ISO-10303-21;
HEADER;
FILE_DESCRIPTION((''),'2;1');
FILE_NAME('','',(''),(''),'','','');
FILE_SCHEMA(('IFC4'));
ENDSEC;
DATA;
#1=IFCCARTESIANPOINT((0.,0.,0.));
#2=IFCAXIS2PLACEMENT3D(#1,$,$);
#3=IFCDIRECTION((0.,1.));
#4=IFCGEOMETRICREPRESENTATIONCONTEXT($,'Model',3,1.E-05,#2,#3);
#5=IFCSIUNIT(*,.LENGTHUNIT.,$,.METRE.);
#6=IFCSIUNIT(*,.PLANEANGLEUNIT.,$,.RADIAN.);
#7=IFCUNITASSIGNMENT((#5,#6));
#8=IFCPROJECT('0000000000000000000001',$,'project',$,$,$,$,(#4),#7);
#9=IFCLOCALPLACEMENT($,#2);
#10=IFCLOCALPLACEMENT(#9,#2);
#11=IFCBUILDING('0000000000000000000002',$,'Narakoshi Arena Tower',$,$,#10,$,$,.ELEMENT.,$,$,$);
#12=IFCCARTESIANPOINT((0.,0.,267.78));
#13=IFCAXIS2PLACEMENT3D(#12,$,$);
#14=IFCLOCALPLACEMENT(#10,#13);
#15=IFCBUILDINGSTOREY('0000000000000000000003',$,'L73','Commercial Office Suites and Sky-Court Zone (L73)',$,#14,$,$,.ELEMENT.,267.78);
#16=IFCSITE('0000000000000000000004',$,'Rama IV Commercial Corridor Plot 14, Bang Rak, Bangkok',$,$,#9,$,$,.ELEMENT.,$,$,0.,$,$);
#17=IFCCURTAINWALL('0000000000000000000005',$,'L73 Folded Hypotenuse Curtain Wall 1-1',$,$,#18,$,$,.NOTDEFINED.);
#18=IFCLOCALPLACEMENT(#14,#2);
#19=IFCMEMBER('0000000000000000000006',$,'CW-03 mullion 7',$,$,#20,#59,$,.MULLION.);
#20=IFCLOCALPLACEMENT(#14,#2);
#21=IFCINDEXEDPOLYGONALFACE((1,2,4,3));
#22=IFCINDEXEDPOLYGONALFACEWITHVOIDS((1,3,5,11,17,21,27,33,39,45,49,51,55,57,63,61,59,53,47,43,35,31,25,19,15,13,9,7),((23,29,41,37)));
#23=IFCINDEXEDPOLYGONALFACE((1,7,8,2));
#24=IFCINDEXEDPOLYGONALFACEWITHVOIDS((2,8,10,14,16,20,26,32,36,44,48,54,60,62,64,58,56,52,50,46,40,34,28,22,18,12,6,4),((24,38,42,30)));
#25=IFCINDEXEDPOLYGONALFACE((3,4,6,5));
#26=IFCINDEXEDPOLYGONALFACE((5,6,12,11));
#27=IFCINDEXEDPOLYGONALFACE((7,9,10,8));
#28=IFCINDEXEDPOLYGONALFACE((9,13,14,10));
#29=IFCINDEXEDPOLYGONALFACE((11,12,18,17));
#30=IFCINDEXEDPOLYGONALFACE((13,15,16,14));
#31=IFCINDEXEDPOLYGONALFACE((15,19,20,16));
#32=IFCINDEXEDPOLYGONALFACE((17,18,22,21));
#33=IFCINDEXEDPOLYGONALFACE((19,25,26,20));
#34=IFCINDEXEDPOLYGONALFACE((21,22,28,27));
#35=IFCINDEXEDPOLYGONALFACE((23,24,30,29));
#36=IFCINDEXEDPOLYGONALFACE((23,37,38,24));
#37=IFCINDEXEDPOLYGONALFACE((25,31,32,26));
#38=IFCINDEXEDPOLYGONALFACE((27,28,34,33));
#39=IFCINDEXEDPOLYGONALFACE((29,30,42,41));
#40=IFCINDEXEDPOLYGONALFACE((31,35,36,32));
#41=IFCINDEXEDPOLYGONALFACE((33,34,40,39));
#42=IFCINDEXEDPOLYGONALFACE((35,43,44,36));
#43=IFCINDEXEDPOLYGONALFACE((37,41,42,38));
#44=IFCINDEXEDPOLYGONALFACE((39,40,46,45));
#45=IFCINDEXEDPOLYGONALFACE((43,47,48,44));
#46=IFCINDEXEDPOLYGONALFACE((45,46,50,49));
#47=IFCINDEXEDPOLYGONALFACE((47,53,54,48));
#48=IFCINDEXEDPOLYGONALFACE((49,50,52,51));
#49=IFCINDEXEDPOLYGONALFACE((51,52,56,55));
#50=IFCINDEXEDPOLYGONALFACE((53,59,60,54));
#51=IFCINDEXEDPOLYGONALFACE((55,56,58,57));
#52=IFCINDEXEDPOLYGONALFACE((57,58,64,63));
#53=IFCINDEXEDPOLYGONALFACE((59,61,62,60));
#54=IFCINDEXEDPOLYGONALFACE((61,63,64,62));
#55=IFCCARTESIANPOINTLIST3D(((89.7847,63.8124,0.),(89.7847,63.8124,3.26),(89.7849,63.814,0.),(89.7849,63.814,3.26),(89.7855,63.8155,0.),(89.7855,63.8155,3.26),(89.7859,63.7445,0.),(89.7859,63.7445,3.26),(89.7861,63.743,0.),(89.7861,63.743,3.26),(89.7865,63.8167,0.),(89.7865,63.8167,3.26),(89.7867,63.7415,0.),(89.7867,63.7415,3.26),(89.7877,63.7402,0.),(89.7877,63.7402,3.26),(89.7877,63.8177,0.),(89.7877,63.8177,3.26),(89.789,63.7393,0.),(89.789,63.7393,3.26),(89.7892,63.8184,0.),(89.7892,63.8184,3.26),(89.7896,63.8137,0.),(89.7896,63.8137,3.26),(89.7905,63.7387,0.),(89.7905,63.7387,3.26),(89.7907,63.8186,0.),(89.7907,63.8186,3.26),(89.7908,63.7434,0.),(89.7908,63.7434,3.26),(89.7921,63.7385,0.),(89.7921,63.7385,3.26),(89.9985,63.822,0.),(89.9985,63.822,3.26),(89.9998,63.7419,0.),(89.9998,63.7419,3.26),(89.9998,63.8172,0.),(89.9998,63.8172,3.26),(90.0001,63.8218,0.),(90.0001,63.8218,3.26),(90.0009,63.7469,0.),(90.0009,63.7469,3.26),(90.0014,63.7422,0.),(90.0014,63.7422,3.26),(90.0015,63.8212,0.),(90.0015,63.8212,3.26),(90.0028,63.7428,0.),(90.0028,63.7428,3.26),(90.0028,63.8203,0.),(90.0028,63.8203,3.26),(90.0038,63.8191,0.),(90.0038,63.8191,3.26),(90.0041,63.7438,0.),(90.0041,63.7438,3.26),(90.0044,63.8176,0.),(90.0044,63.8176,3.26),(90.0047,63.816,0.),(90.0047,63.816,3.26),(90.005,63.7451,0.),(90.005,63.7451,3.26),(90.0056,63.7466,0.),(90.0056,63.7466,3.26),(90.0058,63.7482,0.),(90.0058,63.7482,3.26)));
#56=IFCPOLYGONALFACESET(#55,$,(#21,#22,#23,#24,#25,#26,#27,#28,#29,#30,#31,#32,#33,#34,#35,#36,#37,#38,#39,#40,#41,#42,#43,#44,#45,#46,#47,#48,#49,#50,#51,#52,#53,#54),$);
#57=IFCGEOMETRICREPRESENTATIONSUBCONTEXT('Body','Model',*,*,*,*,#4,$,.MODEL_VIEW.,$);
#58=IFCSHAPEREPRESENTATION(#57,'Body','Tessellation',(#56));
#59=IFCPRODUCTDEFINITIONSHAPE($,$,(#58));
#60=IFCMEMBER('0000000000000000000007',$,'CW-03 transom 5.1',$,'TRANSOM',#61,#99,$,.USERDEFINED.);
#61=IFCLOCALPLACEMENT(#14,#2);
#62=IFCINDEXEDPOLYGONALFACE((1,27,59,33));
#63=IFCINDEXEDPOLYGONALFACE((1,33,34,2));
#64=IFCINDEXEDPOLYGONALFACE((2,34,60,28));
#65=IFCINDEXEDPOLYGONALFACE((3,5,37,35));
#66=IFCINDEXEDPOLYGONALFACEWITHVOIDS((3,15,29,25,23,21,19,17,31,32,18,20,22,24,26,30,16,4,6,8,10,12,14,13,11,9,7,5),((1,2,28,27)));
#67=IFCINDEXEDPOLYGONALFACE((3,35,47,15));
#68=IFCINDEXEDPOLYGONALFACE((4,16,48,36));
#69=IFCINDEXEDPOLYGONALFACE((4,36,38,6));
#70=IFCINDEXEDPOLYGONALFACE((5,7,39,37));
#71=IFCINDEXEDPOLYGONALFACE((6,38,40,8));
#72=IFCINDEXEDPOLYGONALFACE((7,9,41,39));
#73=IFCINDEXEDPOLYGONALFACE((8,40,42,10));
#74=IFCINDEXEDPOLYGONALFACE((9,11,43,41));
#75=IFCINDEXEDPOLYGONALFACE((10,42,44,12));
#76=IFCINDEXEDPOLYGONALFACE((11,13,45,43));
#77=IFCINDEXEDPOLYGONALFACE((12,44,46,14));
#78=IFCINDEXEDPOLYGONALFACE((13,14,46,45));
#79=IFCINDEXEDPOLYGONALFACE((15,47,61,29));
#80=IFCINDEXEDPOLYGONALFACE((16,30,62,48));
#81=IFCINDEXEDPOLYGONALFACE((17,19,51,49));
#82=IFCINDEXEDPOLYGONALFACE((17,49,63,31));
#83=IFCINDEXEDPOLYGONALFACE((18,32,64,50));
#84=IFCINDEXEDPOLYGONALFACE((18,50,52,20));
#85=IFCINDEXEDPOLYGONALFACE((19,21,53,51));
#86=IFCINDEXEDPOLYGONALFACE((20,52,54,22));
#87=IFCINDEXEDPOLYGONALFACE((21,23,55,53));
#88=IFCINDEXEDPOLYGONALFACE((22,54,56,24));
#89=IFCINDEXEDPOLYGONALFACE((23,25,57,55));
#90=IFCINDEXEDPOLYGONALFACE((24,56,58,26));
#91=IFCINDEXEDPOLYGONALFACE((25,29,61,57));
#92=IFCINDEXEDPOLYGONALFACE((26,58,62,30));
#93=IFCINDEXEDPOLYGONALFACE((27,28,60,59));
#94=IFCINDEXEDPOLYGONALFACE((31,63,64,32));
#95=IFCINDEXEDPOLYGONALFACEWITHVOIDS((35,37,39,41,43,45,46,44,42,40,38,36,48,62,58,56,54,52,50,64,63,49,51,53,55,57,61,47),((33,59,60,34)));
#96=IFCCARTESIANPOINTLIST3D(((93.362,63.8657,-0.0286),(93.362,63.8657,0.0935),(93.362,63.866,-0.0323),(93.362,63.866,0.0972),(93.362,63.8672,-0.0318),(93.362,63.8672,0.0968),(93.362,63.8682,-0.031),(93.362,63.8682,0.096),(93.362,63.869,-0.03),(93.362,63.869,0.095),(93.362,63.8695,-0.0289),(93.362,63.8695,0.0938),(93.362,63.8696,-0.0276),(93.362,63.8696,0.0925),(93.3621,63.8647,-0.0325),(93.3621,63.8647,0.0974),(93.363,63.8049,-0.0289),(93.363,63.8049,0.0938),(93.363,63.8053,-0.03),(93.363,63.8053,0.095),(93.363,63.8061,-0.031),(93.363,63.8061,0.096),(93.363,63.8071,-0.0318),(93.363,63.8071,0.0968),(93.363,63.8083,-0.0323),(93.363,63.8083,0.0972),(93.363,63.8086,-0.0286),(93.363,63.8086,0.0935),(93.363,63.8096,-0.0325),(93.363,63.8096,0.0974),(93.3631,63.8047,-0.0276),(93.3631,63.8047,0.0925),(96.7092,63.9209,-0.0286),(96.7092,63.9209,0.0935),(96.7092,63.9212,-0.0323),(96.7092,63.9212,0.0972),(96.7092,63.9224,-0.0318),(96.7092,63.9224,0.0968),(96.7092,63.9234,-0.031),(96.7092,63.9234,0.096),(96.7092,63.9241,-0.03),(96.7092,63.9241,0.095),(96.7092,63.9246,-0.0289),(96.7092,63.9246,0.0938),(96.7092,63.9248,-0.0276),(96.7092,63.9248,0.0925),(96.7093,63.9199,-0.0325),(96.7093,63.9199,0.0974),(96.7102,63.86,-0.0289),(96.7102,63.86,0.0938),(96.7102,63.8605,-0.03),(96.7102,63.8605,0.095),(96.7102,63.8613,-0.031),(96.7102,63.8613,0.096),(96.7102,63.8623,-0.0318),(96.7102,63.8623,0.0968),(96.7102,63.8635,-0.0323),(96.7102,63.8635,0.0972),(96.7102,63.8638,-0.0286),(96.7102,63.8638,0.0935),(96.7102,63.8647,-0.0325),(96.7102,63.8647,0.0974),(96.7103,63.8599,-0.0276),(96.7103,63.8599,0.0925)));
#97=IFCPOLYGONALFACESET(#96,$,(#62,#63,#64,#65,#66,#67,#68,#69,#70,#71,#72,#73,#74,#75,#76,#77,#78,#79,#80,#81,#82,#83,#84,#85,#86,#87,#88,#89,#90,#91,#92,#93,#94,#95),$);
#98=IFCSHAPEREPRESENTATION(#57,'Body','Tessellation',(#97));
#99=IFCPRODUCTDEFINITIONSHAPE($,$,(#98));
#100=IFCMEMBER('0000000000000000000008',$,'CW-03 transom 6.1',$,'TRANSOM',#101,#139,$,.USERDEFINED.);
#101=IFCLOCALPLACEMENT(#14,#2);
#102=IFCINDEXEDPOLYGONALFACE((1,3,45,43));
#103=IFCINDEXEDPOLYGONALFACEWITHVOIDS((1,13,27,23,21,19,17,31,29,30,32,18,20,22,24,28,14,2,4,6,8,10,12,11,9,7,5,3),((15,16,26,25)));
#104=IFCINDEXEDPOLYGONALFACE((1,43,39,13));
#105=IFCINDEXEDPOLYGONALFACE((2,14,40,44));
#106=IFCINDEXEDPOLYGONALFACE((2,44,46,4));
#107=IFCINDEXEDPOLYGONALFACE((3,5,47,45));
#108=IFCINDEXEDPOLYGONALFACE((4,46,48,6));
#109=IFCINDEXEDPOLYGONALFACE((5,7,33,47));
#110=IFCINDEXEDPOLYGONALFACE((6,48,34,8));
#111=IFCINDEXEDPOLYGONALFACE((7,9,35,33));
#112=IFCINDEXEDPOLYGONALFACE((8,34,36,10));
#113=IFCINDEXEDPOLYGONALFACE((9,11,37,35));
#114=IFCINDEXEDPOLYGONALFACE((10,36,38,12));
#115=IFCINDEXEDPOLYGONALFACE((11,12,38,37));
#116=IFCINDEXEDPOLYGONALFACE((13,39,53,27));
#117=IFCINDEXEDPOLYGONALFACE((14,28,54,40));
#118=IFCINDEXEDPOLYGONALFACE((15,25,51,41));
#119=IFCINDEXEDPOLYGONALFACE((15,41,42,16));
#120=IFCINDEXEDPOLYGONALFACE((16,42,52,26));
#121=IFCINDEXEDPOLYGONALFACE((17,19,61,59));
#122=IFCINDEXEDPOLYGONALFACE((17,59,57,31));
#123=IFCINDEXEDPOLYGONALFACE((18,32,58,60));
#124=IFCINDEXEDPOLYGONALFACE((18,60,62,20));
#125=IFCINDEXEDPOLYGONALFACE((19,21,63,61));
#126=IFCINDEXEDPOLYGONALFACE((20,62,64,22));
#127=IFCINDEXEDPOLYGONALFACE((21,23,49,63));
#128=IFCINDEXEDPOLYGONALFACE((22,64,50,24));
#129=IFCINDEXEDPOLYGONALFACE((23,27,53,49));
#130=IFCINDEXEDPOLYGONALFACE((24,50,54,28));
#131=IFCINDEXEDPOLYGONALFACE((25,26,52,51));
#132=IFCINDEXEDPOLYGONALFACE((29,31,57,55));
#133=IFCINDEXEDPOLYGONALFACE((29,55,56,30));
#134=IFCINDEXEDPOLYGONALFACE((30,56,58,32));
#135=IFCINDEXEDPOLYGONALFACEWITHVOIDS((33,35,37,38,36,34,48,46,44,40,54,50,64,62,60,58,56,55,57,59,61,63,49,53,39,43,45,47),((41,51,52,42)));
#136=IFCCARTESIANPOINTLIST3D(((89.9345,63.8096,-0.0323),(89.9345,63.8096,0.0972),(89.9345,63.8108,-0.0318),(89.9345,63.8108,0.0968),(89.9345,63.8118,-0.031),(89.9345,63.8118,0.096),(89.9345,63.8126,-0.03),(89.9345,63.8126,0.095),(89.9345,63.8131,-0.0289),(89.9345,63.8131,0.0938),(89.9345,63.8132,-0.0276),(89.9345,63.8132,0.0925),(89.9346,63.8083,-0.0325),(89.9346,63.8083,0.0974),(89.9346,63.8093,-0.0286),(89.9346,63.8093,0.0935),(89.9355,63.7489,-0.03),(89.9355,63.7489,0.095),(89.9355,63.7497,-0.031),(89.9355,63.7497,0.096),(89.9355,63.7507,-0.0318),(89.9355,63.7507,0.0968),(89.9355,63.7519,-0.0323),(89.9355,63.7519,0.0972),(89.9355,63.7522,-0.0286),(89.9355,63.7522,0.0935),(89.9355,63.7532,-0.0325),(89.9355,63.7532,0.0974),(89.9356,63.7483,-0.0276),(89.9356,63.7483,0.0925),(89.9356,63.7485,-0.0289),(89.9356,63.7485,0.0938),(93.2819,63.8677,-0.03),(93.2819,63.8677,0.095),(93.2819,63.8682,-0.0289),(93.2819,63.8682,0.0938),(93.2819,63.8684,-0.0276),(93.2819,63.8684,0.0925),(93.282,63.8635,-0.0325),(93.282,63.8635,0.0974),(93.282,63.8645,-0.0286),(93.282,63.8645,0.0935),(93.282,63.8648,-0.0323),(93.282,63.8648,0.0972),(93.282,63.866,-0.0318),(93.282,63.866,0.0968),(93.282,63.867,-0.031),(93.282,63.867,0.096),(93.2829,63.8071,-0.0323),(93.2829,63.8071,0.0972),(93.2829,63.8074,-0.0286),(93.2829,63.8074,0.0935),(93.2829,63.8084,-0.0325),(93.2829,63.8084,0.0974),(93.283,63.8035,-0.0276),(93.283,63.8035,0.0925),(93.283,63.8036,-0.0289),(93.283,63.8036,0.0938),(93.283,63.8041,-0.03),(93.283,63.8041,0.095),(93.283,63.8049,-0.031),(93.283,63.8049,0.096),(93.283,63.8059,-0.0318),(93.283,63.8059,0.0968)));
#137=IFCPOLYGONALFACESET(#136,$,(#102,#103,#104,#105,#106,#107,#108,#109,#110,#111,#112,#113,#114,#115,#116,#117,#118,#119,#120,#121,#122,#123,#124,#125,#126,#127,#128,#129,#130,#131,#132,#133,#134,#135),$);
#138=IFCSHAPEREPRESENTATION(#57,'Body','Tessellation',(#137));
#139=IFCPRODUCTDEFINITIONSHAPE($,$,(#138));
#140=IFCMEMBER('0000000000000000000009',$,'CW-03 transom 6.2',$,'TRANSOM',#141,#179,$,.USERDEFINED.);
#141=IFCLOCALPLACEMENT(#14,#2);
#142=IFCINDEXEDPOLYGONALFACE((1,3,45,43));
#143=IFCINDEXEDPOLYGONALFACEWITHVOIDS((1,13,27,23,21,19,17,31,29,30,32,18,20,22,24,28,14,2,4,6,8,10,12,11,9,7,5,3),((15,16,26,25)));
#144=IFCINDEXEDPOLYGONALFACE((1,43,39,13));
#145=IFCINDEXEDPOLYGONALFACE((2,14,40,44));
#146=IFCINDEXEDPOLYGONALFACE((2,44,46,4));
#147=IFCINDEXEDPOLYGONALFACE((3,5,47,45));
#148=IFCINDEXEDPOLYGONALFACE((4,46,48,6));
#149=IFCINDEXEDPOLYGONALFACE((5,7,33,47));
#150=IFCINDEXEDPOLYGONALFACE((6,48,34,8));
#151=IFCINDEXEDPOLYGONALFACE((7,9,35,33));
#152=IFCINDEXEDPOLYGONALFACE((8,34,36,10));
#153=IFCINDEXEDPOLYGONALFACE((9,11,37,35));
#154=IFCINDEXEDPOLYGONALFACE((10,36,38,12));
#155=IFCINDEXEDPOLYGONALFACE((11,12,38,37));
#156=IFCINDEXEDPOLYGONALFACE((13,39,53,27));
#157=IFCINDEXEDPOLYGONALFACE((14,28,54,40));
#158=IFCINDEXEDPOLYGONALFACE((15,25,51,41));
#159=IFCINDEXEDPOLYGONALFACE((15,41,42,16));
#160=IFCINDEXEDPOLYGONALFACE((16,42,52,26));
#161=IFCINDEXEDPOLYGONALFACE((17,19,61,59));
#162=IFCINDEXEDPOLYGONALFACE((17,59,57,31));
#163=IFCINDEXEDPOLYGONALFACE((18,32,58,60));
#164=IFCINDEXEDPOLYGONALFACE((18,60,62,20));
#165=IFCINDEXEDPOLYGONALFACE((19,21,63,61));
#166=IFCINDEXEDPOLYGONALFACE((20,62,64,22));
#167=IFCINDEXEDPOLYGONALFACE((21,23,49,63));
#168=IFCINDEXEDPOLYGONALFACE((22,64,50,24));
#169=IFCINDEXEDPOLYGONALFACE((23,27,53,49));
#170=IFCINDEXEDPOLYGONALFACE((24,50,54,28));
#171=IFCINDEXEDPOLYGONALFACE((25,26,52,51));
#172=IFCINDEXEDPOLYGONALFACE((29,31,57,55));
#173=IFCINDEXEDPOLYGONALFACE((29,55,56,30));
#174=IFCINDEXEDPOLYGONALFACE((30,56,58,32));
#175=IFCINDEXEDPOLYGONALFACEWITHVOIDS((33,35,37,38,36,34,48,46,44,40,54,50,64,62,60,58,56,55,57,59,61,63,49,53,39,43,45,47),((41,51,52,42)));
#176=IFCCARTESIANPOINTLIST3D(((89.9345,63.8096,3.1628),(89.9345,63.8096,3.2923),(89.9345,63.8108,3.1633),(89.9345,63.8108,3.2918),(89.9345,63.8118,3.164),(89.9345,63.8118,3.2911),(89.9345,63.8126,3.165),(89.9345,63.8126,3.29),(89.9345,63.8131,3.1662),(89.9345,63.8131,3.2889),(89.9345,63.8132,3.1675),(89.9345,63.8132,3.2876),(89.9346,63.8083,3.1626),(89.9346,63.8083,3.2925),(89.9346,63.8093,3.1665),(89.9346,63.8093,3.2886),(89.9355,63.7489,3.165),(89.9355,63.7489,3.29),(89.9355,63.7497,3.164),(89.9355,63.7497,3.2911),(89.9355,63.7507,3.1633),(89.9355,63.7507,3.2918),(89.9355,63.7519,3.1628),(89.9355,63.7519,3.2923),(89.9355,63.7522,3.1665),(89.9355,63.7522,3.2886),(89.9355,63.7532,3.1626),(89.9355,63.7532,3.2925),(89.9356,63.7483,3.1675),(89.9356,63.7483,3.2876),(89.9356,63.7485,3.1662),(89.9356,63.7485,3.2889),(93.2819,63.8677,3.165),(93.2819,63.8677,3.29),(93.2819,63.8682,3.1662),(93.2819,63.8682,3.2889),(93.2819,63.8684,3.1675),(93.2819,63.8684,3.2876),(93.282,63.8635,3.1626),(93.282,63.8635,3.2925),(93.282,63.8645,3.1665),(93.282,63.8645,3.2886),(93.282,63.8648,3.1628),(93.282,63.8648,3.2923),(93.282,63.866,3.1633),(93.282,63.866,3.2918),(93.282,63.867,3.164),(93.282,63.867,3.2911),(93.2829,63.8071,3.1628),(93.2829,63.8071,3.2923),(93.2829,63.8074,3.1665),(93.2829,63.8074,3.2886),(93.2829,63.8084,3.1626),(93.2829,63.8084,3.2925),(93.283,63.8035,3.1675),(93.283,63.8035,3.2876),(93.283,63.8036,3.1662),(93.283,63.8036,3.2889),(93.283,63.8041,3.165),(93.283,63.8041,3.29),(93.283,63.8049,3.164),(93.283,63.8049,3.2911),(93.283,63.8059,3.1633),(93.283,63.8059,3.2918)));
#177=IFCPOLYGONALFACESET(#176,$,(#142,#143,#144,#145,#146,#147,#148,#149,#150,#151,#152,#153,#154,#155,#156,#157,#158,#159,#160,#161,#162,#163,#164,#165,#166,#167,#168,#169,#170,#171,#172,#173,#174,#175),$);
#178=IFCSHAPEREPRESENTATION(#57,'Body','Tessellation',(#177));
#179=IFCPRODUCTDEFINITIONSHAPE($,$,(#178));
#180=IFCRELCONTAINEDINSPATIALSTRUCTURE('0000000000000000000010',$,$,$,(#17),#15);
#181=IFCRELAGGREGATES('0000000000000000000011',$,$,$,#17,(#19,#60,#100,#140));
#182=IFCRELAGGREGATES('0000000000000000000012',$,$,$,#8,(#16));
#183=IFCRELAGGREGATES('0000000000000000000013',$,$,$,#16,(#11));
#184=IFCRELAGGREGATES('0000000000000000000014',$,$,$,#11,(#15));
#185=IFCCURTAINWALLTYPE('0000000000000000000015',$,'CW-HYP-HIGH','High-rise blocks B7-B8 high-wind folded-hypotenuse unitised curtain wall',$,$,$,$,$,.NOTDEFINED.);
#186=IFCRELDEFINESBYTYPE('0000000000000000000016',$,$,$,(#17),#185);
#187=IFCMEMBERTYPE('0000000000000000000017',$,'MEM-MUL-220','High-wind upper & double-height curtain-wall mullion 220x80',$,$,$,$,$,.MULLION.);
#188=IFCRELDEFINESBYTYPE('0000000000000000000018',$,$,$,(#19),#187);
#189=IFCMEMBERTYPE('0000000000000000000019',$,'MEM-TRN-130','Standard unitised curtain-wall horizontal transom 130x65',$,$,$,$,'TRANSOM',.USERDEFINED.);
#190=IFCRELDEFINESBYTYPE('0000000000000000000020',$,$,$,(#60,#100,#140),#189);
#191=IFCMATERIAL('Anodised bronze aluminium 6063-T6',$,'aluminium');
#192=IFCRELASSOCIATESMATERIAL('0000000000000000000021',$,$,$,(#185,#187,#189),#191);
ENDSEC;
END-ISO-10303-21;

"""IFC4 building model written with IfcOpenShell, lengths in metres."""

from ifc_helpers import new_model, si_unit, direction, frame, origin, origin_2d, place, context, subcontext, project, spatial, hollow_rectangle, extrude, material, material_profile, profile_set, type_object, element, aggregate, save


model = new_model("IFC4")

# Units and contexts
model_context = context("Model", 3, precision=1e-05, world=origin(), true_north=direction((0.0, 1.0)))
body_context = subcontext(model_context, "Body", "Model", "MODEL_VIEW")
ifc_project = project(units=[si_unit("LENGTHUNIT", "METRE"), si_unit("PLANEANGLEUNIT", "RADIAN")], contexts=[model_context])

# Site, building, storey
site_placement = place(None, origin())
site = spatial("IfcSite", under=ifc_project, at=site_placement, Name="Rama IV Commercial Corridor Plot 14, Bang Rak, Bangkok", CompositionType="ELEMENT", RefElevation=0.0)
building_placement = place(site_placement, origin())
building = spatial("IfcBuilding", under=site, at=building_placement, Name="Narakoshi Arena Tower", CompositionType="ELEMENT")
storey_placement = place(building_placement, frame((0.0, 0.0, 267.78)))
storey = spatial("IfcBuildingStorey", under=building, at=storey_placement, Name="L73", Description="Commercial Office Suites and Sky-Court Zone (L73)", CompositionType="ELEMENT", Elevation=267.78)

# Curtain wall, members
ifc_material_1 = material(Name="Anodised bronze aluminium 6063-T6", Category="aluminium")
curtain_wall_type = type_object("IfcCurtainWallType", Name="CW-HYP-HIGH", Description="High-rise blocks B7-B8 high-wind folded-hypotenuse unitised curtain wall", PredefinedType="NOTDEFINED", material=ifc_material_1)
curtain_wall_placement = place(storey_placement, origin())
curtain_wall = element("IfcCurtainWall", 1, at=curtain_wall_placement, inside=storey, type_object=curtain_wall_type, Name="L73 Folded Hypotenuse Curtain Wall 1-1", PredefinedType="NOTDEFINED")
ifc_material_profile_1 = material_profile(ifc_material_1, hollow_rectangle(XDim=0.0801, YDim=0.22, WallThickness=0.0049, OuterFilletRadius=0.0061, at=origin_2d()), Name="MUL220x80x5")
ifc_profile_set_1 = profile_set([ifc_material_profile_1], Name="Anodised bronze aluminium 6063-T6")
member_type_1 = type_object("IfcMemberType", Name="MEM-MUL-220", Description="High-wind upper & double-height curtain-wall mullion 220x80", PredefinedType="MULLION", material=ifc_profile_set_1)
member_1_placement = place(storey_placement, frame((89.8953, 63.7803, 0.0), z_axis=(0.0, 0.0, 1.0), x_axis=(0.016443, -0.999865, 0.0)))
member_1 = element("IfcMember", 2, at=member_1_placement, type_object=member_type_1, Name="CW-03 mullion 7", PredefinedType="MULLION", context=body_context, shape_type="SweptSolid", body=[
    extrude(hollow_rectangle(XDim=0.0801, YDim=0.22, WallThickness=0.0049, OuterFilletRadius=0.0061, at=origin_2d()), origin(), (0.0, 0.0, 1.0), 3.26),
])
ifc_material_profile_2 = material_profile(ifc_material_1, hollow_rectangle(XDim=0.0649, YDim=0.1299, WallThickness=0.0039, OuterFilletRadius=0.0049, at=origin_2d()), Name="TRN130x65x4")
ifc_profile_set_2 = profile_set([ifc_material_profile_2], Name="Anodised bronze aluminium 6063-T6")
member_type_2 = type_object("IfcMemberType", Name="MEM-TRN-130", Description="Standard unitised curtain-wall horizontal transom 130x65", ElementType="TRANSOM", PredefinedType="USERDEFINED", material=ifc_profile_set_2)
member_2_placement = place(storey_placement, frame((96.7097, 63.8923, 0.0325), z_axis=(-0.999864, -0.016482, 0.0), x_axis=(0.016482, -0.999864, 0.0)))
member_2 = element("IfcMember", 3, at=member_2_placement, type_object=member_type_2, Name="CW-03 transom 5.1", ObjectType="TRANSOM", PredefinedType="USERDEFINED", context=body_context, shape_type="SweptSolid", body=[
    extrude(hollow_rectangle(XDim=0.0649, YDim=0.1299, WallThickness=0.0039, OuterFilletRadius=0.0049, at=origin_2d()), origin(), (0.0, 0.0, 1.0), 3.3477),
])
member_3_placement = place(storey_placement, frame((93.2825, 63.8359, 0.0325), z_axis=(-0.999864, -0.016481, 0.0), x_axis=(0.016481, -0.999864, 0.0)))
member_3 = element("IfcMember", 4, at=member_3_placement, type_object=member_type_2, Name="CW-03 transom 6.1", ObjectType="TRANSOM", PredefinedType="USERDEFINED", context=body_context, shape_type="SweptSolid", body=[
    extrude(hollow_rectangle(XDim=0.0649, YDim=0.1299, WallThickness=0.0039, OuterFilletRadius=0.0049, at=origin_2d()), origin(), (0.0, 0.0, 1.0), 3.3479),
])
member_4_placement = place(storey_placement, frame((93.2825, 63.8359, 3.2275), z_axis=(-0.999864, -0.016481, 0.0), x_axis=(0.016481, -0.999864, 0.0)))
member_4 = element("IfcMember", 5, at=member_4_placement, type_object=member_type_2, Name="CW-03 transom 6.2", ObjectType="TRANSOM", PredefinedType="USERDEFINED", context=body_context, shape_type="SweptSolid", body=[
    extrude(hollow_rectangle(XDim=0.0649, YDim=0.1299, WallThickness=0.0039, OuterFilletRadius=0.0049, at=origin_2d()), origin(), (0.0, 0.0, 1.0), 3.3479),
])
aggregate(curtain_wall, [member_1, member_2, member_3, member_4])

save(model, "model.ifc")
